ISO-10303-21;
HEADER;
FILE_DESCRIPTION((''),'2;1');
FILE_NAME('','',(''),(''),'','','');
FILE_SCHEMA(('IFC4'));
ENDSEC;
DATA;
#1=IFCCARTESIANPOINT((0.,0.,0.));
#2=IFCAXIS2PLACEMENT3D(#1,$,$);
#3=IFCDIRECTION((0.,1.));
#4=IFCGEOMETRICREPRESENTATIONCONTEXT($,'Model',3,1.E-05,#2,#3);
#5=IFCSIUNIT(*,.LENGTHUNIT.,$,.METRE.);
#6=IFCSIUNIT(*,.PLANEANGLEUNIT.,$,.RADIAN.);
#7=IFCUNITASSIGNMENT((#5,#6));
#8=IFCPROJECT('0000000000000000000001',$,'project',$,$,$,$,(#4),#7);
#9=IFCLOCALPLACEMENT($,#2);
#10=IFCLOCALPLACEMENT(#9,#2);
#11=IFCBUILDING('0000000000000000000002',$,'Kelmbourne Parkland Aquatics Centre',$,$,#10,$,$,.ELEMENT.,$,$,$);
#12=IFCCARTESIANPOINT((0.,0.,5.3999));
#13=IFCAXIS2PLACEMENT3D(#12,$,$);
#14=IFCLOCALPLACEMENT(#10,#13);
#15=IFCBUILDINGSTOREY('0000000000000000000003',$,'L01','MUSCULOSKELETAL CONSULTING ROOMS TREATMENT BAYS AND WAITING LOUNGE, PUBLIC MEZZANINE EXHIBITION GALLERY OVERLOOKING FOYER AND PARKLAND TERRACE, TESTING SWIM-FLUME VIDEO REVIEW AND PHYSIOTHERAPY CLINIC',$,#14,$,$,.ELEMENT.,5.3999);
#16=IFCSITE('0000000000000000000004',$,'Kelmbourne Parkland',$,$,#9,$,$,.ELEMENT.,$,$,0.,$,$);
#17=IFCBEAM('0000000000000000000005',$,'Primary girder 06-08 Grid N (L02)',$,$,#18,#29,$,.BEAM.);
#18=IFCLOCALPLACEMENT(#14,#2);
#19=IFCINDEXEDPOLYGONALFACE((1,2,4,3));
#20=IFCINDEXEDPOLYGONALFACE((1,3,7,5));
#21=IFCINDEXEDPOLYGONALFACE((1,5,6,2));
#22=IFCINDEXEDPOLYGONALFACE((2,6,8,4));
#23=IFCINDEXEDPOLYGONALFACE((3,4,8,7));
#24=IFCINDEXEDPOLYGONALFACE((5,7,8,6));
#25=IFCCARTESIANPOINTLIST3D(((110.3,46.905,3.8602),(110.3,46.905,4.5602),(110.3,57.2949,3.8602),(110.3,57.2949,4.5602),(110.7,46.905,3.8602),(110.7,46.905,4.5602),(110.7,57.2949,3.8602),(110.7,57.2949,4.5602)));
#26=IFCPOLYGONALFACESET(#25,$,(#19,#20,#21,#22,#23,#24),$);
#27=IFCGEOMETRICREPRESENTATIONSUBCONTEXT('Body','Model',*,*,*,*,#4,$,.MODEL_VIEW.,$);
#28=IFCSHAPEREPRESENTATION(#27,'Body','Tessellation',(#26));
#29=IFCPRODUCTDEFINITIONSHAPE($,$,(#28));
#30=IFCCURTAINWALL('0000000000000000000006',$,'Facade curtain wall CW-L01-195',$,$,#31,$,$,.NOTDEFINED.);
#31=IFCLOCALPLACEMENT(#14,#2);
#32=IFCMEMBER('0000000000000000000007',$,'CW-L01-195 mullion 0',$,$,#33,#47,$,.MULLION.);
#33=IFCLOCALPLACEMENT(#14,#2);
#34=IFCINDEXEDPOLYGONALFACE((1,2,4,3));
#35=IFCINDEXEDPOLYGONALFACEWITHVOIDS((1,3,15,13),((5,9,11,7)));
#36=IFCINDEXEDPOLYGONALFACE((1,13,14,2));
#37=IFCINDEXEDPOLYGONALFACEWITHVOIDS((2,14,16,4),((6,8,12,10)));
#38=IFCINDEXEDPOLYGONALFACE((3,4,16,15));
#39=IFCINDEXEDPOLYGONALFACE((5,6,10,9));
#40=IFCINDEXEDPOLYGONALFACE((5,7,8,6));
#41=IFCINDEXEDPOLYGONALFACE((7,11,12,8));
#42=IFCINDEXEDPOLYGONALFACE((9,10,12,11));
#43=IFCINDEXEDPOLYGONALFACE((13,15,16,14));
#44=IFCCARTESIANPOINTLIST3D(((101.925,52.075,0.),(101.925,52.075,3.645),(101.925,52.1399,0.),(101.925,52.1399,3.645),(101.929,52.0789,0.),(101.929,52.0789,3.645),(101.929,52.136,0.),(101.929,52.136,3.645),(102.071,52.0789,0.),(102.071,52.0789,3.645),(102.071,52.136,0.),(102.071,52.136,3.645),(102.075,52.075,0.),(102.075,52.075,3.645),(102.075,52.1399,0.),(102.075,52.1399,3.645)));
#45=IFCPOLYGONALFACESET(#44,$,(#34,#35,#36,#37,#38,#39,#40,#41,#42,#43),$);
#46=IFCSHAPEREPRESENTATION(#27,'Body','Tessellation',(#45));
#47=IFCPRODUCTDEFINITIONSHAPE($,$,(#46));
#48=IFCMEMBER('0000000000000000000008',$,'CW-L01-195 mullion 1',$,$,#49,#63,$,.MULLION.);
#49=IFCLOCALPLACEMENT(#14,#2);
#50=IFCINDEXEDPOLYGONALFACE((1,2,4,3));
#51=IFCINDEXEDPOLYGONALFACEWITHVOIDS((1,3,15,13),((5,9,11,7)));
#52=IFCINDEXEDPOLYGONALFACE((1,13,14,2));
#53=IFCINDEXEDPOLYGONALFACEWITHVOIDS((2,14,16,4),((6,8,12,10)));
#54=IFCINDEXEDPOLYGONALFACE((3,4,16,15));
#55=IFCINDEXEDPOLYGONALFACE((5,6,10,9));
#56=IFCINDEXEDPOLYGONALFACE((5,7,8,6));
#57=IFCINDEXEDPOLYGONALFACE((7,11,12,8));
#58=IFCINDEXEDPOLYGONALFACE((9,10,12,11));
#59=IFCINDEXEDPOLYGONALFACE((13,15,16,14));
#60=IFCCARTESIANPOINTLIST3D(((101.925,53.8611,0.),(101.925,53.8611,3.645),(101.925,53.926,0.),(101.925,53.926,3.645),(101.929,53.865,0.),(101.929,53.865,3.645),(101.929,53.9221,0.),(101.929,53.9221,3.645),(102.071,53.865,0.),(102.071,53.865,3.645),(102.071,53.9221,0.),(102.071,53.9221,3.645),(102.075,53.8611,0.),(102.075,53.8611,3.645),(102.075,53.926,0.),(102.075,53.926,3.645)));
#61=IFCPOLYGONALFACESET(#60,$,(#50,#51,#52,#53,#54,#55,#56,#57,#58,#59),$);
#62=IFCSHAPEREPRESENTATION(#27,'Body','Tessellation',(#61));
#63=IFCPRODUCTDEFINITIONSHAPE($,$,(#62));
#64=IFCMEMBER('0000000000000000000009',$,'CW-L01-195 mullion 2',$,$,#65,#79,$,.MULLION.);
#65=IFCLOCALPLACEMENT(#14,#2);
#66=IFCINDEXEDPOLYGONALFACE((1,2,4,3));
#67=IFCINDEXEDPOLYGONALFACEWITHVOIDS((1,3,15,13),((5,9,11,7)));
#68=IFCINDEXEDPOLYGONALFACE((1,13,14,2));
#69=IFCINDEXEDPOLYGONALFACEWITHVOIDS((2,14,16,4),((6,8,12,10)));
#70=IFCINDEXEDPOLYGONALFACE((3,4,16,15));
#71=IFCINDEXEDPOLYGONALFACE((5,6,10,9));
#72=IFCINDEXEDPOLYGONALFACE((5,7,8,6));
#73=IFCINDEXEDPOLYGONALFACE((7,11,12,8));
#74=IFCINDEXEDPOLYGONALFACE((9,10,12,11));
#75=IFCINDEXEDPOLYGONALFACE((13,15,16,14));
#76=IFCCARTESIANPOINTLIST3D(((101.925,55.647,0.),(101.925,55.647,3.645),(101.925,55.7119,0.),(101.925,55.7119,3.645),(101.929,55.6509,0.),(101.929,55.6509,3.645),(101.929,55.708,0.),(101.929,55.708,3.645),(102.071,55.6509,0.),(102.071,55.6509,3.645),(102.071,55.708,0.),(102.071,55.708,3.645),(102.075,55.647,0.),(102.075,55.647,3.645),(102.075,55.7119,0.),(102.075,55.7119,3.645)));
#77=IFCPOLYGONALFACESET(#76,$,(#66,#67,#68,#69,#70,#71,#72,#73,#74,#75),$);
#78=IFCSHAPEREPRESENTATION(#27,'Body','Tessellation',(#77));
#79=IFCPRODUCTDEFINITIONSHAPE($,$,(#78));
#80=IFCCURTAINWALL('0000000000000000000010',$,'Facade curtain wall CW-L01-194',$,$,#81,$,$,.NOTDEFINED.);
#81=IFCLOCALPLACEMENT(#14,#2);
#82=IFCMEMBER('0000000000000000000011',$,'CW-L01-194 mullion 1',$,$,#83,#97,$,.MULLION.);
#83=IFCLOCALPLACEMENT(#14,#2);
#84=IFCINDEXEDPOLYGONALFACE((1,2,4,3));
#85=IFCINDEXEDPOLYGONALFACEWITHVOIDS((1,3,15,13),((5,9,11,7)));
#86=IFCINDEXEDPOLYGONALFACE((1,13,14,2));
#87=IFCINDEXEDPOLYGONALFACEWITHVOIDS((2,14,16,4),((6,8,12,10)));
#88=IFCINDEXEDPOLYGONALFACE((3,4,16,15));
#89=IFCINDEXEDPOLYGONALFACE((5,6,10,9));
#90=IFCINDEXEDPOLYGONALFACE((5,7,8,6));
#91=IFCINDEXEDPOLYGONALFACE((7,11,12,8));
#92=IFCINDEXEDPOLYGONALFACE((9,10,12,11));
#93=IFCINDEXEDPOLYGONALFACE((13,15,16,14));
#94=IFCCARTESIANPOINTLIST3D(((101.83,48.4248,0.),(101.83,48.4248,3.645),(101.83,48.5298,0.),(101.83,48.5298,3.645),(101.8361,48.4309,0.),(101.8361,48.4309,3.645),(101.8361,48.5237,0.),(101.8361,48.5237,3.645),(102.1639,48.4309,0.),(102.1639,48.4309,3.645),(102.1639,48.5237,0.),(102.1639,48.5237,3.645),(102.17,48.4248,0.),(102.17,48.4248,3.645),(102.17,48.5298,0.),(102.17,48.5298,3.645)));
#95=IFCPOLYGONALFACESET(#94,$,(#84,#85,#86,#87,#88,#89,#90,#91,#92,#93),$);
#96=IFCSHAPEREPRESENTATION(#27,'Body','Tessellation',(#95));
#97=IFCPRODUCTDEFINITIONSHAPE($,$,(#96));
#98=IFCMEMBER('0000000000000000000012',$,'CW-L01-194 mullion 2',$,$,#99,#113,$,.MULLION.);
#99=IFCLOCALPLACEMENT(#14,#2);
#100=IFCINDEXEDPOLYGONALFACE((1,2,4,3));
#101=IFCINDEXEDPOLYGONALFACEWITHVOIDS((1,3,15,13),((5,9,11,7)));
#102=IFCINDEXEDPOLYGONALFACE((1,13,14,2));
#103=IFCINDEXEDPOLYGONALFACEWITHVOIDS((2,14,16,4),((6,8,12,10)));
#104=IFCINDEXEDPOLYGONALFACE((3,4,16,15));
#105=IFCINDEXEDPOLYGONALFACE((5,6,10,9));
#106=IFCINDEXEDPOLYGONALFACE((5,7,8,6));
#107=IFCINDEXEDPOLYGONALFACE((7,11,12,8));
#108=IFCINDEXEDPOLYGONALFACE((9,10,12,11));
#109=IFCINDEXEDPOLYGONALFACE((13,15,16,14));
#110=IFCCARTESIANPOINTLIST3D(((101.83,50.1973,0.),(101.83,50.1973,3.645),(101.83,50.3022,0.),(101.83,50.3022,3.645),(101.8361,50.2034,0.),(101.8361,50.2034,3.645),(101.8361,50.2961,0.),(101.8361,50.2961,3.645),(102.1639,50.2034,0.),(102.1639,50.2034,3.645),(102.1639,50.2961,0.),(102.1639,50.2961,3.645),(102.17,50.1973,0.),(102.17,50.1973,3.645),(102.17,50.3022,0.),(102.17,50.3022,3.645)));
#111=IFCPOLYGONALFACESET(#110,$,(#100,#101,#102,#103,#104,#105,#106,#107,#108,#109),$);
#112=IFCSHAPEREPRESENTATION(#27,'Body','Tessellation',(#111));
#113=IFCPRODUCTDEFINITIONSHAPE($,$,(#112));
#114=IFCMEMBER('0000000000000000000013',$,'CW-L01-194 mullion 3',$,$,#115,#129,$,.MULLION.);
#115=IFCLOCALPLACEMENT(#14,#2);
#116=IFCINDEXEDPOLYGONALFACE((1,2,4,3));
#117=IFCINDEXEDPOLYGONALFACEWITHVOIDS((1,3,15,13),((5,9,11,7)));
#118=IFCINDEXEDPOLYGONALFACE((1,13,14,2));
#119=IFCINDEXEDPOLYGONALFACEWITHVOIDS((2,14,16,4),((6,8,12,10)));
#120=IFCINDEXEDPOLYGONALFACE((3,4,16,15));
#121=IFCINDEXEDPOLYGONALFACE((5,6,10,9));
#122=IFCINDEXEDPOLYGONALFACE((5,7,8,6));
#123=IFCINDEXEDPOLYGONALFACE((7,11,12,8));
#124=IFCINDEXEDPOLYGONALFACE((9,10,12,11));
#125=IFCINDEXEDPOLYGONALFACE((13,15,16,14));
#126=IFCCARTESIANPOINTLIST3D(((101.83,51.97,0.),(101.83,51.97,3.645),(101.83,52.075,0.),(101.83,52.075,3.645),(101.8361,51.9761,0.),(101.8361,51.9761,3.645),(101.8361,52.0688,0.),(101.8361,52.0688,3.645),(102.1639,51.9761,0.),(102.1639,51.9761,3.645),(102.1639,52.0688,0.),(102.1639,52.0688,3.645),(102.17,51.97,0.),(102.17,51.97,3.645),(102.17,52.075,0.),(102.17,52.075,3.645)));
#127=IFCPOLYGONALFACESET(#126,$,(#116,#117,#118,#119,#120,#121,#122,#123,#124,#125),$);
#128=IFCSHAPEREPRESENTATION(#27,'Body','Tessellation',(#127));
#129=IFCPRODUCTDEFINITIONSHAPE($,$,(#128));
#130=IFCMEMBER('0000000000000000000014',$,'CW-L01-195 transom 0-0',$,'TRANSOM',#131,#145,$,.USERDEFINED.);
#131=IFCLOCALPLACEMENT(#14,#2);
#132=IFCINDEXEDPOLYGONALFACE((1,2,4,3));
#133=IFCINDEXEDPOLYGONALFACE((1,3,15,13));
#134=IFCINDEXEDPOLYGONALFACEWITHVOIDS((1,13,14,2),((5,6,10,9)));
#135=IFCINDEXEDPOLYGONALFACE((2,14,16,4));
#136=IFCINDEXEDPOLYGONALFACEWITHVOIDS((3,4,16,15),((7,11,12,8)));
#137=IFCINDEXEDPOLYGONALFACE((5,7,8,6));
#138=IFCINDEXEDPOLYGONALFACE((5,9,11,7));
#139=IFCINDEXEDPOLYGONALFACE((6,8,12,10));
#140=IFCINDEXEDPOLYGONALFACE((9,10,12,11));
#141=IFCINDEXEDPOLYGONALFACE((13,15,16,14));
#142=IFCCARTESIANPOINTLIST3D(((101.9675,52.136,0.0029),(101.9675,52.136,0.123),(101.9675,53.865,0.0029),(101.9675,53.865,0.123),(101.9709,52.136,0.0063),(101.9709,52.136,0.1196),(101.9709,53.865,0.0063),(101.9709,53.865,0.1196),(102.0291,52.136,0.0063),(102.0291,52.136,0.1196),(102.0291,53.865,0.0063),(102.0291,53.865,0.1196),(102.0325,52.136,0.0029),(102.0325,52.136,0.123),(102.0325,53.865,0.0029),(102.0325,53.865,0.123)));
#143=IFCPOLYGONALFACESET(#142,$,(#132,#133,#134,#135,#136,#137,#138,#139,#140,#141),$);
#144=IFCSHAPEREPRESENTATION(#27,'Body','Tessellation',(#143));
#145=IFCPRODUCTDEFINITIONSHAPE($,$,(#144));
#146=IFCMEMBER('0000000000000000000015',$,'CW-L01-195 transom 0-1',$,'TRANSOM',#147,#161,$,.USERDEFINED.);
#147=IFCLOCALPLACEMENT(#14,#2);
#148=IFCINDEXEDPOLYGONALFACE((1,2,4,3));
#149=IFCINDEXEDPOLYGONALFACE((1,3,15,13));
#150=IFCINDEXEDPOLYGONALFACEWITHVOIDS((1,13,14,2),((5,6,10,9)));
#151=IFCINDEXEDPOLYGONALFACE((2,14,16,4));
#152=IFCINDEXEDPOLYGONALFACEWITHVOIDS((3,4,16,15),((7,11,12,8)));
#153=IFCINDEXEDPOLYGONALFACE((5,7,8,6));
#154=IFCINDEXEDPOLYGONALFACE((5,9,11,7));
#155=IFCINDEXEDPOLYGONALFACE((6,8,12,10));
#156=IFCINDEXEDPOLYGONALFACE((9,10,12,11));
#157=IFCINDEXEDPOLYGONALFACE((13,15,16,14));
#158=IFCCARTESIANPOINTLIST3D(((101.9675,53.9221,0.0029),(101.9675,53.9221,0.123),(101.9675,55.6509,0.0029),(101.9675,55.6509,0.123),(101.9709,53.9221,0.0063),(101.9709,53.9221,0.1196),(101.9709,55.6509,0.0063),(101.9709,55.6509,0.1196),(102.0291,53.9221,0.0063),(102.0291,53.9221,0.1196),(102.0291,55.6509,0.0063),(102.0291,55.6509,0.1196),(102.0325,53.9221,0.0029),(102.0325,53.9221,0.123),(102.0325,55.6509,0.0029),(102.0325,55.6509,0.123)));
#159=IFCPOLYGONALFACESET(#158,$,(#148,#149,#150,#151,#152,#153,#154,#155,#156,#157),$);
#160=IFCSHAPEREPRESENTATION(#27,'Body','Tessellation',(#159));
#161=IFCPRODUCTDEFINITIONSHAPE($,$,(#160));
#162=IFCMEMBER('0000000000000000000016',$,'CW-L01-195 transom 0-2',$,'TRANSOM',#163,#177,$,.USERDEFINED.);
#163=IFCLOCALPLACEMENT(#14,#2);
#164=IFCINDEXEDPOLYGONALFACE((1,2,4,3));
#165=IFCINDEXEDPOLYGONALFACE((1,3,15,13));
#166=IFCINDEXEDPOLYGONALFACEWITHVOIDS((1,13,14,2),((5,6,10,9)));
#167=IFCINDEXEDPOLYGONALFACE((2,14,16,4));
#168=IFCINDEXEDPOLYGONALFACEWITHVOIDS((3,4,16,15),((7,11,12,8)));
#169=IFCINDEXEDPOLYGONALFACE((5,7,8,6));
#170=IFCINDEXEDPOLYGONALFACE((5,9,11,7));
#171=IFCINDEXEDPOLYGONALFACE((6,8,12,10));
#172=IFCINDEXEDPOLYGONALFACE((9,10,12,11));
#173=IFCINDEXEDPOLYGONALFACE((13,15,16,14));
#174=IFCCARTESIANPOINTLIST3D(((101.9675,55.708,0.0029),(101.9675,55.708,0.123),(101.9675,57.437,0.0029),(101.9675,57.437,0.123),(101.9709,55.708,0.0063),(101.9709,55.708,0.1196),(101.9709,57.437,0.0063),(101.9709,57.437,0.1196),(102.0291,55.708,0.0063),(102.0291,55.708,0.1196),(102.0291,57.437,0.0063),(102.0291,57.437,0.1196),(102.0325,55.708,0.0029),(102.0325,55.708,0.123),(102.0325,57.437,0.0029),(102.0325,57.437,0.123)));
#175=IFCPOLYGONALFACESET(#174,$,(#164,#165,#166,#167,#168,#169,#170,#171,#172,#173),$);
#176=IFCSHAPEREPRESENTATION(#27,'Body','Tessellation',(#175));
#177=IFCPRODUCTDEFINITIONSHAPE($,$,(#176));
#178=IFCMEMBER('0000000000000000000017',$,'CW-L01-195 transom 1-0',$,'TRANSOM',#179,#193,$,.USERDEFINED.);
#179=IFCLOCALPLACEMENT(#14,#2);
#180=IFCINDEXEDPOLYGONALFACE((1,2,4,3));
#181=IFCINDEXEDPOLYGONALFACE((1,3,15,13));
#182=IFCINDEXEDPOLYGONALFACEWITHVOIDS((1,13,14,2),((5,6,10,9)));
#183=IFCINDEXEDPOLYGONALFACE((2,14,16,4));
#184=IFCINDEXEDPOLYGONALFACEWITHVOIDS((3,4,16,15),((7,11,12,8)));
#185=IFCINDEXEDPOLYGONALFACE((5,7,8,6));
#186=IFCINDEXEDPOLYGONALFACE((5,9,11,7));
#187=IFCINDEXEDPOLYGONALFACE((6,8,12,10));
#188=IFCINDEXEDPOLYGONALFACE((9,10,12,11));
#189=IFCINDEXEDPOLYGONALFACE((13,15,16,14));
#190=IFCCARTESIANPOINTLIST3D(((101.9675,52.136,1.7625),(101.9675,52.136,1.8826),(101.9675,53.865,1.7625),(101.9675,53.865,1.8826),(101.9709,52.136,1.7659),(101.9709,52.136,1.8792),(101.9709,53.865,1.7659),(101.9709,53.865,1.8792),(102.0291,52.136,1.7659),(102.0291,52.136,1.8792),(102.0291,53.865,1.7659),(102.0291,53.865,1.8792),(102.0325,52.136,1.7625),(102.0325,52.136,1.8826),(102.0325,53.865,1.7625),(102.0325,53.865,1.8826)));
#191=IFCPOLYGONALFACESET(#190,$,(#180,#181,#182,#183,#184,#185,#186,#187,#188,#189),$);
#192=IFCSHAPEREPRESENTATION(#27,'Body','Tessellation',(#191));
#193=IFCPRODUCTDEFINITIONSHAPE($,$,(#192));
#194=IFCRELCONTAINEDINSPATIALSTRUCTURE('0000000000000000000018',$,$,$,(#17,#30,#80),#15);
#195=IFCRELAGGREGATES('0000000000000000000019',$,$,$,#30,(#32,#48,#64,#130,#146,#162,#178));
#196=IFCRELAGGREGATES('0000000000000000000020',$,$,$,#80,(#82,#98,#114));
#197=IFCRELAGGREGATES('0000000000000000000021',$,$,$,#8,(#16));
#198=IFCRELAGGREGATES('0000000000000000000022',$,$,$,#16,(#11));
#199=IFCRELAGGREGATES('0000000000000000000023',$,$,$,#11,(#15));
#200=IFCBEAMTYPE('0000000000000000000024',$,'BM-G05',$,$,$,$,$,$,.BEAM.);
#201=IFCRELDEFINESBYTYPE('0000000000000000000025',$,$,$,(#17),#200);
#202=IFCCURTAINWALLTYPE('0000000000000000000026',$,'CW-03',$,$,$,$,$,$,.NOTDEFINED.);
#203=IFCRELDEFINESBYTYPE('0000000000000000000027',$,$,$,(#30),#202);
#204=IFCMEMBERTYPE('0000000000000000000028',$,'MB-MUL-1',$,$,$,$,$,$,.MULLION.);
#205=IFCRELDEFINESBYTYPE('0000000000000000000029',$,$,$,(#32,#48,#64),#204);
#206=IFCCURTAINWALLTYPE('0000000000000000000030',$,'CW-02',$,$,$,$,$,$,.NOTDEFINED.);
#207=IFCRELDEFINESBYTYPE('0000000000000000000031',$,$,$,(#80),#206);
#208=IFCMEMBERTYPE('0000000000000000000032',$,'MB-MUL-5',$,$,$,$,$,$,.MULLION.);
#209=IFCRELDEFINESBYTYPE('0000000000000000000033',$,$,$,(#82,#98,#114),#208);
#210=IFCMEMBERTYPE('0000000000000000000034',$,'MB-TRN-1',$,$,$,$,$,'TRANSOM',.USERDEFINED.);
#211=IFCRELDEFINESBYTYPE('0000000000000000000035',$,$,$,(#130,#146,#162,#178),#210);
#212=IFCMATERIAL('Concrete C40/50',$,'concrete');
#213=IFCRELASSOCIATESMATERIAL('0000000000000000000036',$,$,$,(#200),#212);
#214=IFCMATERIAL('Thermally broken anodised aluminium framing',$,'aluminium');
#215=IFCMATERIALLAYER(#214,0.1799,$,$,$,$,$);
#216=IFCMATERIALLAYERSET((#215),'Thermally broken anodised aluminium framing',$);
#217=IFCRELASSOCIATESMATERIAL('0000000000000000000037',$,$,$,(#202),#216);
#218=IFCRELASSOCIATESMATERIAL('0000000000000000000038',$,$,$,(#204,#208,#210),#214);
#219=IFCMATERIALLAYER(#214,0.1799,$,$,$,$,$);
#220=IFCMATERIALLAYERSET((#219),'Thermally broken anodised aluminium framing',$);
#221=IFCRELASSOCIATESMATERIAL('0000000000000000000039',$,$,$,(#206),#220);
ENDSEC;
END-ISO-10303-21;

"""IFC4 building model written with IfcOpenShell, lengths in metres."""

from ifc_helpers import new_model, si_unit, direction, frame, origin, origin_2d, place, context, subcontext, project, spatial, rectangle, hollow_rectangle, extrude, material, layer, layer_set, material_profile, profile_set, type_object, element, aggregate, save


model = new_model("IFC4")

# Units and contexts
model_context = context("Model", 3, precision=1e-05, world=origin(), true_north=direction((0.0, 1.0)))
body_context = subcontext(model_context, "Body", "Model", "MODEL_VIEW")
ifc_project = project(units=[si_unit("LENGTHUNIT", "METRE"), si_unit("PLANEANGLEUNIT", "RADIAN")], contexts=[model_context])

# Site, building, storey
site_placement = place(None, origin())
site = spatial("IfcSite", under=ifc_project, at=site_placement, Name="Kelmbourne Parkland", CompositionType="ELEMENT", RefElevation=0.0)
building_placement = place(site_placement, origin())
building = spatial("IfcBuilding", under=site, at=building_placement, Name="Kelmbourne Parkland Aquatics Centre", CompositionType="ELEMENT")
storey_placement = place(building_placement, frame((0.0, 0.0, 5.3999)))
storey = spatial("IfcBuildingStorey", under=building, at=storey_placement, Name="L01", Description="MUSCULOSKELETAL CONSULTING ROOMS TREATMENT BAYS AND WAITING LOUNGE, PUBLIC MEZZANINE EXHIBITION GALLERY OVERLOOKING FOYER AND PARKLAND TERRACE, TESTING SWIM-FLUME VIDEO REVIEW AND PHYSIOTHERAPY CLINIC", CompositionType="ELEMENT", Elevation=5.3999)

# Beam
ifc_material_1 = material(Name="Concrete C40/50", Category="concrete")
ifc_material_profile_1 = material_profile(ifc_material_1, rectangle(XDim=0.3999, YDim=0.7, at=origin_2d()), Name="RC 400x700")
ifc_profile_set_1 = profile_set([ifc_material_profile_1], Name="Concrete C40/50")
beam_type = type_object("IfcBeamType", Name="BM-G05", PredefinedType="BEAM", material=ifc_profile_set_1)
beam_placement = place(storey_placement, frame((110.5, 46.905, 4.2102), z_axis=(0.0, 1.0, 0.0), x_axis=(-1.0, 0.0, 0.0)))
element("IfcBeam", 1, at=beam_placement, inside=storey, type_object=beam_type, Name="Primary girder 06-08 Grid N (L02)", PredefinedType="BEAM", context=body_context, shape_type="SweptSolid", body=[
    extrude(rectangle(XDim=0.3999, YDim=0.7, at=origin_2d()), origin(), (0.0, 0.0, 1.0), 10.3899),
])

# Curtain walls, members
ifc_material_2 = material(Name="Thermally broken anodised aluminium framing", Category="aluminium")
ifc_layer_1 = layer(ifc_material_2, 0.1799)
ifc_layer_set_1 = layer_set([ifc_layer_1], Name="Thermally broken anodised aluminium framing")
curtain_wall_type_1 = type_object("IfcCurtainWallType", Name="CW-03", PredefinedType="NOTDEFINED", material=ifc_layer_set_1)
curtain_wall_1_placement = place(storey_placement, origin())
curtain_wall_1 = element("IfcCurtainWall", 2, at=curtain_wall_1_placement, inside=storey, type_object=curtain_wall_type_1, Name="Facade curtain wall CW-L01-195", PredefinedType="NOTDEFINED")
ifc_material_profile_2 = material_profile(ifc_material_2, hollow_rectangle(XDim=0.0649, YDim=0.1499, WallThickness=0.0039, at=origin_2d()), Name="CW-M 65x150")
ifc_profile_set_2 = profile_set([ifc_material_profile_2], Name="Thermally broken anodised aluminium framing")
member_type_1 = type_object("IfcMemberType", Name="MB-MUL-1", PredefinedType="MULLION", material=ifc_profile_set_2)
member_1_placement = place(storey_placement, frame((102.0, 52.1074, 0.0), z_axis=(0.0, 0.0, 1.0), x_axis=(0.0, 1.0, 0.0)))
member_1 = element("IfcMember", 3, at=member_1_placement, type_object=member_type_1, Name="CW-L01-195 mullion 0", PredefinedType="MULLION", context=body_context, shape_type="SweptSolid", body=[
    extrude(hollow_rectangle(XDim=0.0649, YDim=0.1499, WallThickness=0.0039, at=origin_2d()), origin(), (0.0, 0.0, 1.0), 3.645),
])
member_2_placement = place(storey_placement, frame((102.0, 53.8936, 0.0), z_axis=(0.0, 0.0, 1.0), x_axis=(0.0, 1.0, 0.0)))
member_2 = element("IfcMember", 4, at=member_2_placement, type_object=member_type_1, Name="CW-L01-195 mullion 1", PredefinedType="MULLION", context=body_context, shape_type="SweptSolid", body=[
    extrude(hollow_rectangle(XDim=0.0649, YDim=0.1499, WallThickness=0.0039, at=origin_2d()), origin(), (0.0, 0.0, 1.0), 3.645),
])
member_3_placement = place(storey_placement, frame((102.0, 55.6794, 0.0), z_axis=(0.0, 0.0, 1.0), x_axis=(0.0, 1.0, 0.0)))
member_3 = element("IfcMember", 5, at=member_3_placement, type_object=member_type_1, Name="CW-L01-195 mullion 2", PredefinedType="MULLION", context=body_context, shape_type="SweptSolid", body=[
    extrude(hollow_rectangle(XDim=0.0649, YDim=0.1499, WallThickness=0.0039, at=origin_2d()), origin(), (0.0, 0.0, 1.0), 3.645),
])
ifc_layer_2 = layer(ifc_material_2, 0.1799)
ifc_layer_set_2 = layer_set([ifc_layer_2], Name="Thermally broken anodised aluminium framing")
curtain_wall_type_2 = type_object("IfcCurtainWallType", Name="CW-02", PredefinedType="NOTDEFINED", material=ifc_layer_set_2)
curtain_wall_2_placement = place(storey_placement, origin())
curtain_wall_2 = element("IfcCurtainWall", 6, at=curtain_wall_2_placement, inside=storey, type_object=curtain_wall_type_2, Name="Facade curtain wall CW-L01-194", PredefinedType="NOTDEFINED")
ifc_material_profile_3 = material_profile(ifc_material_2, hollow_rectangle(XDim=0.105, YDim=0.3401, WallThickness=0.0061, at=origin_2d()), Name="CW-M 105x340")
ifc_profile_set_3 = profile_set([ifc_material_profile_3], Name="Thermally broken anodised aluminium framing")
member_type_2 = type_object("IfcMemberType", Name="MB-MUL-5", PredefinedType="MULLION", material=ifc_profile_set_3)
member_4_placement = place(storey_placement, frame((102.0, 48.4773, 0.0), z_axis=(0.0, 0.0, 1.0), x_axis=(0.0, 1.0, 0.0)))
member_4 = element("IfcMember", 7, at=member_4_placement, type_object=member_type_2, Name="CW-L01-194 mullion 1", PredefinedType="MULLION", context=body_context, shape_type="SweptSolid", body=[
    extrude(hollow_rectangle(XDim=0.105, YDim=0.3401, WallThickness=0.0061, at=origin_2d()), origin(), (0.0, 0.0, 1.0), 3.645),
])
member_5_placement = place(storey_placement, frame((102.0, 50.2498, 0.0), z_axis=(0.0, 0.0, 1.0), x_axis=(0.0, 1.0, 0.0)))
member_5 = element("IfcMember", 8, at=member_5_placement, type_object=member_type_2, Name="CW-L01-194 mullion 2", PredefinedType="MULLION", context=body_context, shape_type="SweptSolid", body=[
    extrude(hollow_rectangle(XDim=0.105, YDim=0.3401, WallThickness=0.0061, at=origin_2d()), origin(), (0.0, 0.0, 1.0), 3.645),
])
member_6_placement = place(storey_placement, frame((102.0, 52.0225, 0.0), z_axis=(0.0, 0.0, 1.0), x_axis=(0.0, 1.0, 0.0)))
member_6 = element("IfcMember", 9, at=member_6_placement, type_object=member_type_2, Name="CW-L01-194 mullion 3", PredefinedType="MULLION", context=body_context, shape_type="SweptSolid", body=[
    extrude(hollow_rectangle(XDim=0.105, YDim=0.3401, WallThickness=0.0061, at=origin_2d()), origin(), (0.0, 0.0, 1.0), 3.645),
])

# Members
ifc_material_profile_4 = material_profile(ifc_material_2, hollow_rectangle(XDim=0.0649, YDim=0.1201, WallThickness=0.0034, at=origin_2d()), Name="CW-T 65x120")
ifc_profile_set_4 = profile_set([ifc_material_profile_4], Name="Thermally broken anodised aluminium framing")
member_type_3 = type_object("IfcMemberType", Name="MB-TRN-1", ElementType="TRANSOM", PredefinedType="USERDEFINED", material=ifc_profile_set_4)
member_7_placement = place(storey_placement, frame((102.0, 52.136, 0.063), z_axis=(0.0, 1.0, 0.0), x_axis=(-1.0, 0.0, 0.0)))
member_7 = element("IfcMember", 10, at=member_7_placement, type_object=member_type_3, Name="CW-L01-195 transom 0-0", ObjectType="TRANSOM", PredefinedType="USERDEFINED", context=body_context, shape_type="SweptSolid", body=[
    extrude(hollow_rectangle(XDim=0.0649, YDim=0.1201, WallThickness=0.0034, at=origin_2d()), origin(), (0.0, 0.0, 1.0), 1.729),
])
member_8_placement = place(storey_placement, frame((102.0, 53.9221, 0.063), z_axis=(0.0, 1.0, 0.0), x_axis=(-1.0, 0.0, 0.0)))
member_8 = element("IfcMember", 11, at=member_8_placement, type_object=member_type_3, Name="CW-L01-195 transom 0-1", ObjectType="TRANSOM", PredefinedType="USERDEFINED", context=body_context, shape_type="SweptSolid", body=[
    extrude(hollow_rectangle(XDim=0.0649, YDim=0.1201, WallThickness=0.0034, at=origin_2d()), origin(), (0.0, 0.0, 1.0), 1.7288),
])
member_9_placement = place(storey_placement, frame((102.0, 55.708, 0.063), z_axis=(0.0, 1.0, 0.0), x_axis=(-1.0, 0.0, 0.0)))
member_9 = element("IfcMember", 12, at=member_9_placement, type_object=member_type_3, Name="CW-L01-195 transom 0-2", ObjectType="TRANSOM", PredefinedType="USERDEFINED", context=body_context, shape_type="SweptSolid", body=[
    extrude(hollow_rectangle(XDim=0.0649, YDim=0.1201, WallThickness=0.0034, at=origin_2d()), origin(), (0.0, 0.0, 1.0), 1.729),
])
member_10_placement = place(storey_placement, frame((102.0, 52.136, 1.8225), z_axis=(0.0, 1.0, 0.0), x_axis=(-1.0, 0.0, 0.0)))
member_10 = element("IfcMember", 13, at=member_10_placement, type_object=member_type_3, Name="CW-L01-195 transom 1-0", ObjectType="TRANSOM", PredefinedType="USERDEFINED", context=body_context, shape_type="SweptSolid", body=[
    extrude(hollow_rectangle(XDim=0.0649, YDim=0.1201, WallThickness=0.0034, at=origin_2d()), origin(), (0.0, 0.0, 1.0), 1.729),
])

aggregate(curtain_wall_1, [member_1, member_2, member_3, member_7, member_8, member_9, member_10])
aggregate(curtain_wall_2, [member_4, member_5, member_6])

save(model, "model.ifc")
